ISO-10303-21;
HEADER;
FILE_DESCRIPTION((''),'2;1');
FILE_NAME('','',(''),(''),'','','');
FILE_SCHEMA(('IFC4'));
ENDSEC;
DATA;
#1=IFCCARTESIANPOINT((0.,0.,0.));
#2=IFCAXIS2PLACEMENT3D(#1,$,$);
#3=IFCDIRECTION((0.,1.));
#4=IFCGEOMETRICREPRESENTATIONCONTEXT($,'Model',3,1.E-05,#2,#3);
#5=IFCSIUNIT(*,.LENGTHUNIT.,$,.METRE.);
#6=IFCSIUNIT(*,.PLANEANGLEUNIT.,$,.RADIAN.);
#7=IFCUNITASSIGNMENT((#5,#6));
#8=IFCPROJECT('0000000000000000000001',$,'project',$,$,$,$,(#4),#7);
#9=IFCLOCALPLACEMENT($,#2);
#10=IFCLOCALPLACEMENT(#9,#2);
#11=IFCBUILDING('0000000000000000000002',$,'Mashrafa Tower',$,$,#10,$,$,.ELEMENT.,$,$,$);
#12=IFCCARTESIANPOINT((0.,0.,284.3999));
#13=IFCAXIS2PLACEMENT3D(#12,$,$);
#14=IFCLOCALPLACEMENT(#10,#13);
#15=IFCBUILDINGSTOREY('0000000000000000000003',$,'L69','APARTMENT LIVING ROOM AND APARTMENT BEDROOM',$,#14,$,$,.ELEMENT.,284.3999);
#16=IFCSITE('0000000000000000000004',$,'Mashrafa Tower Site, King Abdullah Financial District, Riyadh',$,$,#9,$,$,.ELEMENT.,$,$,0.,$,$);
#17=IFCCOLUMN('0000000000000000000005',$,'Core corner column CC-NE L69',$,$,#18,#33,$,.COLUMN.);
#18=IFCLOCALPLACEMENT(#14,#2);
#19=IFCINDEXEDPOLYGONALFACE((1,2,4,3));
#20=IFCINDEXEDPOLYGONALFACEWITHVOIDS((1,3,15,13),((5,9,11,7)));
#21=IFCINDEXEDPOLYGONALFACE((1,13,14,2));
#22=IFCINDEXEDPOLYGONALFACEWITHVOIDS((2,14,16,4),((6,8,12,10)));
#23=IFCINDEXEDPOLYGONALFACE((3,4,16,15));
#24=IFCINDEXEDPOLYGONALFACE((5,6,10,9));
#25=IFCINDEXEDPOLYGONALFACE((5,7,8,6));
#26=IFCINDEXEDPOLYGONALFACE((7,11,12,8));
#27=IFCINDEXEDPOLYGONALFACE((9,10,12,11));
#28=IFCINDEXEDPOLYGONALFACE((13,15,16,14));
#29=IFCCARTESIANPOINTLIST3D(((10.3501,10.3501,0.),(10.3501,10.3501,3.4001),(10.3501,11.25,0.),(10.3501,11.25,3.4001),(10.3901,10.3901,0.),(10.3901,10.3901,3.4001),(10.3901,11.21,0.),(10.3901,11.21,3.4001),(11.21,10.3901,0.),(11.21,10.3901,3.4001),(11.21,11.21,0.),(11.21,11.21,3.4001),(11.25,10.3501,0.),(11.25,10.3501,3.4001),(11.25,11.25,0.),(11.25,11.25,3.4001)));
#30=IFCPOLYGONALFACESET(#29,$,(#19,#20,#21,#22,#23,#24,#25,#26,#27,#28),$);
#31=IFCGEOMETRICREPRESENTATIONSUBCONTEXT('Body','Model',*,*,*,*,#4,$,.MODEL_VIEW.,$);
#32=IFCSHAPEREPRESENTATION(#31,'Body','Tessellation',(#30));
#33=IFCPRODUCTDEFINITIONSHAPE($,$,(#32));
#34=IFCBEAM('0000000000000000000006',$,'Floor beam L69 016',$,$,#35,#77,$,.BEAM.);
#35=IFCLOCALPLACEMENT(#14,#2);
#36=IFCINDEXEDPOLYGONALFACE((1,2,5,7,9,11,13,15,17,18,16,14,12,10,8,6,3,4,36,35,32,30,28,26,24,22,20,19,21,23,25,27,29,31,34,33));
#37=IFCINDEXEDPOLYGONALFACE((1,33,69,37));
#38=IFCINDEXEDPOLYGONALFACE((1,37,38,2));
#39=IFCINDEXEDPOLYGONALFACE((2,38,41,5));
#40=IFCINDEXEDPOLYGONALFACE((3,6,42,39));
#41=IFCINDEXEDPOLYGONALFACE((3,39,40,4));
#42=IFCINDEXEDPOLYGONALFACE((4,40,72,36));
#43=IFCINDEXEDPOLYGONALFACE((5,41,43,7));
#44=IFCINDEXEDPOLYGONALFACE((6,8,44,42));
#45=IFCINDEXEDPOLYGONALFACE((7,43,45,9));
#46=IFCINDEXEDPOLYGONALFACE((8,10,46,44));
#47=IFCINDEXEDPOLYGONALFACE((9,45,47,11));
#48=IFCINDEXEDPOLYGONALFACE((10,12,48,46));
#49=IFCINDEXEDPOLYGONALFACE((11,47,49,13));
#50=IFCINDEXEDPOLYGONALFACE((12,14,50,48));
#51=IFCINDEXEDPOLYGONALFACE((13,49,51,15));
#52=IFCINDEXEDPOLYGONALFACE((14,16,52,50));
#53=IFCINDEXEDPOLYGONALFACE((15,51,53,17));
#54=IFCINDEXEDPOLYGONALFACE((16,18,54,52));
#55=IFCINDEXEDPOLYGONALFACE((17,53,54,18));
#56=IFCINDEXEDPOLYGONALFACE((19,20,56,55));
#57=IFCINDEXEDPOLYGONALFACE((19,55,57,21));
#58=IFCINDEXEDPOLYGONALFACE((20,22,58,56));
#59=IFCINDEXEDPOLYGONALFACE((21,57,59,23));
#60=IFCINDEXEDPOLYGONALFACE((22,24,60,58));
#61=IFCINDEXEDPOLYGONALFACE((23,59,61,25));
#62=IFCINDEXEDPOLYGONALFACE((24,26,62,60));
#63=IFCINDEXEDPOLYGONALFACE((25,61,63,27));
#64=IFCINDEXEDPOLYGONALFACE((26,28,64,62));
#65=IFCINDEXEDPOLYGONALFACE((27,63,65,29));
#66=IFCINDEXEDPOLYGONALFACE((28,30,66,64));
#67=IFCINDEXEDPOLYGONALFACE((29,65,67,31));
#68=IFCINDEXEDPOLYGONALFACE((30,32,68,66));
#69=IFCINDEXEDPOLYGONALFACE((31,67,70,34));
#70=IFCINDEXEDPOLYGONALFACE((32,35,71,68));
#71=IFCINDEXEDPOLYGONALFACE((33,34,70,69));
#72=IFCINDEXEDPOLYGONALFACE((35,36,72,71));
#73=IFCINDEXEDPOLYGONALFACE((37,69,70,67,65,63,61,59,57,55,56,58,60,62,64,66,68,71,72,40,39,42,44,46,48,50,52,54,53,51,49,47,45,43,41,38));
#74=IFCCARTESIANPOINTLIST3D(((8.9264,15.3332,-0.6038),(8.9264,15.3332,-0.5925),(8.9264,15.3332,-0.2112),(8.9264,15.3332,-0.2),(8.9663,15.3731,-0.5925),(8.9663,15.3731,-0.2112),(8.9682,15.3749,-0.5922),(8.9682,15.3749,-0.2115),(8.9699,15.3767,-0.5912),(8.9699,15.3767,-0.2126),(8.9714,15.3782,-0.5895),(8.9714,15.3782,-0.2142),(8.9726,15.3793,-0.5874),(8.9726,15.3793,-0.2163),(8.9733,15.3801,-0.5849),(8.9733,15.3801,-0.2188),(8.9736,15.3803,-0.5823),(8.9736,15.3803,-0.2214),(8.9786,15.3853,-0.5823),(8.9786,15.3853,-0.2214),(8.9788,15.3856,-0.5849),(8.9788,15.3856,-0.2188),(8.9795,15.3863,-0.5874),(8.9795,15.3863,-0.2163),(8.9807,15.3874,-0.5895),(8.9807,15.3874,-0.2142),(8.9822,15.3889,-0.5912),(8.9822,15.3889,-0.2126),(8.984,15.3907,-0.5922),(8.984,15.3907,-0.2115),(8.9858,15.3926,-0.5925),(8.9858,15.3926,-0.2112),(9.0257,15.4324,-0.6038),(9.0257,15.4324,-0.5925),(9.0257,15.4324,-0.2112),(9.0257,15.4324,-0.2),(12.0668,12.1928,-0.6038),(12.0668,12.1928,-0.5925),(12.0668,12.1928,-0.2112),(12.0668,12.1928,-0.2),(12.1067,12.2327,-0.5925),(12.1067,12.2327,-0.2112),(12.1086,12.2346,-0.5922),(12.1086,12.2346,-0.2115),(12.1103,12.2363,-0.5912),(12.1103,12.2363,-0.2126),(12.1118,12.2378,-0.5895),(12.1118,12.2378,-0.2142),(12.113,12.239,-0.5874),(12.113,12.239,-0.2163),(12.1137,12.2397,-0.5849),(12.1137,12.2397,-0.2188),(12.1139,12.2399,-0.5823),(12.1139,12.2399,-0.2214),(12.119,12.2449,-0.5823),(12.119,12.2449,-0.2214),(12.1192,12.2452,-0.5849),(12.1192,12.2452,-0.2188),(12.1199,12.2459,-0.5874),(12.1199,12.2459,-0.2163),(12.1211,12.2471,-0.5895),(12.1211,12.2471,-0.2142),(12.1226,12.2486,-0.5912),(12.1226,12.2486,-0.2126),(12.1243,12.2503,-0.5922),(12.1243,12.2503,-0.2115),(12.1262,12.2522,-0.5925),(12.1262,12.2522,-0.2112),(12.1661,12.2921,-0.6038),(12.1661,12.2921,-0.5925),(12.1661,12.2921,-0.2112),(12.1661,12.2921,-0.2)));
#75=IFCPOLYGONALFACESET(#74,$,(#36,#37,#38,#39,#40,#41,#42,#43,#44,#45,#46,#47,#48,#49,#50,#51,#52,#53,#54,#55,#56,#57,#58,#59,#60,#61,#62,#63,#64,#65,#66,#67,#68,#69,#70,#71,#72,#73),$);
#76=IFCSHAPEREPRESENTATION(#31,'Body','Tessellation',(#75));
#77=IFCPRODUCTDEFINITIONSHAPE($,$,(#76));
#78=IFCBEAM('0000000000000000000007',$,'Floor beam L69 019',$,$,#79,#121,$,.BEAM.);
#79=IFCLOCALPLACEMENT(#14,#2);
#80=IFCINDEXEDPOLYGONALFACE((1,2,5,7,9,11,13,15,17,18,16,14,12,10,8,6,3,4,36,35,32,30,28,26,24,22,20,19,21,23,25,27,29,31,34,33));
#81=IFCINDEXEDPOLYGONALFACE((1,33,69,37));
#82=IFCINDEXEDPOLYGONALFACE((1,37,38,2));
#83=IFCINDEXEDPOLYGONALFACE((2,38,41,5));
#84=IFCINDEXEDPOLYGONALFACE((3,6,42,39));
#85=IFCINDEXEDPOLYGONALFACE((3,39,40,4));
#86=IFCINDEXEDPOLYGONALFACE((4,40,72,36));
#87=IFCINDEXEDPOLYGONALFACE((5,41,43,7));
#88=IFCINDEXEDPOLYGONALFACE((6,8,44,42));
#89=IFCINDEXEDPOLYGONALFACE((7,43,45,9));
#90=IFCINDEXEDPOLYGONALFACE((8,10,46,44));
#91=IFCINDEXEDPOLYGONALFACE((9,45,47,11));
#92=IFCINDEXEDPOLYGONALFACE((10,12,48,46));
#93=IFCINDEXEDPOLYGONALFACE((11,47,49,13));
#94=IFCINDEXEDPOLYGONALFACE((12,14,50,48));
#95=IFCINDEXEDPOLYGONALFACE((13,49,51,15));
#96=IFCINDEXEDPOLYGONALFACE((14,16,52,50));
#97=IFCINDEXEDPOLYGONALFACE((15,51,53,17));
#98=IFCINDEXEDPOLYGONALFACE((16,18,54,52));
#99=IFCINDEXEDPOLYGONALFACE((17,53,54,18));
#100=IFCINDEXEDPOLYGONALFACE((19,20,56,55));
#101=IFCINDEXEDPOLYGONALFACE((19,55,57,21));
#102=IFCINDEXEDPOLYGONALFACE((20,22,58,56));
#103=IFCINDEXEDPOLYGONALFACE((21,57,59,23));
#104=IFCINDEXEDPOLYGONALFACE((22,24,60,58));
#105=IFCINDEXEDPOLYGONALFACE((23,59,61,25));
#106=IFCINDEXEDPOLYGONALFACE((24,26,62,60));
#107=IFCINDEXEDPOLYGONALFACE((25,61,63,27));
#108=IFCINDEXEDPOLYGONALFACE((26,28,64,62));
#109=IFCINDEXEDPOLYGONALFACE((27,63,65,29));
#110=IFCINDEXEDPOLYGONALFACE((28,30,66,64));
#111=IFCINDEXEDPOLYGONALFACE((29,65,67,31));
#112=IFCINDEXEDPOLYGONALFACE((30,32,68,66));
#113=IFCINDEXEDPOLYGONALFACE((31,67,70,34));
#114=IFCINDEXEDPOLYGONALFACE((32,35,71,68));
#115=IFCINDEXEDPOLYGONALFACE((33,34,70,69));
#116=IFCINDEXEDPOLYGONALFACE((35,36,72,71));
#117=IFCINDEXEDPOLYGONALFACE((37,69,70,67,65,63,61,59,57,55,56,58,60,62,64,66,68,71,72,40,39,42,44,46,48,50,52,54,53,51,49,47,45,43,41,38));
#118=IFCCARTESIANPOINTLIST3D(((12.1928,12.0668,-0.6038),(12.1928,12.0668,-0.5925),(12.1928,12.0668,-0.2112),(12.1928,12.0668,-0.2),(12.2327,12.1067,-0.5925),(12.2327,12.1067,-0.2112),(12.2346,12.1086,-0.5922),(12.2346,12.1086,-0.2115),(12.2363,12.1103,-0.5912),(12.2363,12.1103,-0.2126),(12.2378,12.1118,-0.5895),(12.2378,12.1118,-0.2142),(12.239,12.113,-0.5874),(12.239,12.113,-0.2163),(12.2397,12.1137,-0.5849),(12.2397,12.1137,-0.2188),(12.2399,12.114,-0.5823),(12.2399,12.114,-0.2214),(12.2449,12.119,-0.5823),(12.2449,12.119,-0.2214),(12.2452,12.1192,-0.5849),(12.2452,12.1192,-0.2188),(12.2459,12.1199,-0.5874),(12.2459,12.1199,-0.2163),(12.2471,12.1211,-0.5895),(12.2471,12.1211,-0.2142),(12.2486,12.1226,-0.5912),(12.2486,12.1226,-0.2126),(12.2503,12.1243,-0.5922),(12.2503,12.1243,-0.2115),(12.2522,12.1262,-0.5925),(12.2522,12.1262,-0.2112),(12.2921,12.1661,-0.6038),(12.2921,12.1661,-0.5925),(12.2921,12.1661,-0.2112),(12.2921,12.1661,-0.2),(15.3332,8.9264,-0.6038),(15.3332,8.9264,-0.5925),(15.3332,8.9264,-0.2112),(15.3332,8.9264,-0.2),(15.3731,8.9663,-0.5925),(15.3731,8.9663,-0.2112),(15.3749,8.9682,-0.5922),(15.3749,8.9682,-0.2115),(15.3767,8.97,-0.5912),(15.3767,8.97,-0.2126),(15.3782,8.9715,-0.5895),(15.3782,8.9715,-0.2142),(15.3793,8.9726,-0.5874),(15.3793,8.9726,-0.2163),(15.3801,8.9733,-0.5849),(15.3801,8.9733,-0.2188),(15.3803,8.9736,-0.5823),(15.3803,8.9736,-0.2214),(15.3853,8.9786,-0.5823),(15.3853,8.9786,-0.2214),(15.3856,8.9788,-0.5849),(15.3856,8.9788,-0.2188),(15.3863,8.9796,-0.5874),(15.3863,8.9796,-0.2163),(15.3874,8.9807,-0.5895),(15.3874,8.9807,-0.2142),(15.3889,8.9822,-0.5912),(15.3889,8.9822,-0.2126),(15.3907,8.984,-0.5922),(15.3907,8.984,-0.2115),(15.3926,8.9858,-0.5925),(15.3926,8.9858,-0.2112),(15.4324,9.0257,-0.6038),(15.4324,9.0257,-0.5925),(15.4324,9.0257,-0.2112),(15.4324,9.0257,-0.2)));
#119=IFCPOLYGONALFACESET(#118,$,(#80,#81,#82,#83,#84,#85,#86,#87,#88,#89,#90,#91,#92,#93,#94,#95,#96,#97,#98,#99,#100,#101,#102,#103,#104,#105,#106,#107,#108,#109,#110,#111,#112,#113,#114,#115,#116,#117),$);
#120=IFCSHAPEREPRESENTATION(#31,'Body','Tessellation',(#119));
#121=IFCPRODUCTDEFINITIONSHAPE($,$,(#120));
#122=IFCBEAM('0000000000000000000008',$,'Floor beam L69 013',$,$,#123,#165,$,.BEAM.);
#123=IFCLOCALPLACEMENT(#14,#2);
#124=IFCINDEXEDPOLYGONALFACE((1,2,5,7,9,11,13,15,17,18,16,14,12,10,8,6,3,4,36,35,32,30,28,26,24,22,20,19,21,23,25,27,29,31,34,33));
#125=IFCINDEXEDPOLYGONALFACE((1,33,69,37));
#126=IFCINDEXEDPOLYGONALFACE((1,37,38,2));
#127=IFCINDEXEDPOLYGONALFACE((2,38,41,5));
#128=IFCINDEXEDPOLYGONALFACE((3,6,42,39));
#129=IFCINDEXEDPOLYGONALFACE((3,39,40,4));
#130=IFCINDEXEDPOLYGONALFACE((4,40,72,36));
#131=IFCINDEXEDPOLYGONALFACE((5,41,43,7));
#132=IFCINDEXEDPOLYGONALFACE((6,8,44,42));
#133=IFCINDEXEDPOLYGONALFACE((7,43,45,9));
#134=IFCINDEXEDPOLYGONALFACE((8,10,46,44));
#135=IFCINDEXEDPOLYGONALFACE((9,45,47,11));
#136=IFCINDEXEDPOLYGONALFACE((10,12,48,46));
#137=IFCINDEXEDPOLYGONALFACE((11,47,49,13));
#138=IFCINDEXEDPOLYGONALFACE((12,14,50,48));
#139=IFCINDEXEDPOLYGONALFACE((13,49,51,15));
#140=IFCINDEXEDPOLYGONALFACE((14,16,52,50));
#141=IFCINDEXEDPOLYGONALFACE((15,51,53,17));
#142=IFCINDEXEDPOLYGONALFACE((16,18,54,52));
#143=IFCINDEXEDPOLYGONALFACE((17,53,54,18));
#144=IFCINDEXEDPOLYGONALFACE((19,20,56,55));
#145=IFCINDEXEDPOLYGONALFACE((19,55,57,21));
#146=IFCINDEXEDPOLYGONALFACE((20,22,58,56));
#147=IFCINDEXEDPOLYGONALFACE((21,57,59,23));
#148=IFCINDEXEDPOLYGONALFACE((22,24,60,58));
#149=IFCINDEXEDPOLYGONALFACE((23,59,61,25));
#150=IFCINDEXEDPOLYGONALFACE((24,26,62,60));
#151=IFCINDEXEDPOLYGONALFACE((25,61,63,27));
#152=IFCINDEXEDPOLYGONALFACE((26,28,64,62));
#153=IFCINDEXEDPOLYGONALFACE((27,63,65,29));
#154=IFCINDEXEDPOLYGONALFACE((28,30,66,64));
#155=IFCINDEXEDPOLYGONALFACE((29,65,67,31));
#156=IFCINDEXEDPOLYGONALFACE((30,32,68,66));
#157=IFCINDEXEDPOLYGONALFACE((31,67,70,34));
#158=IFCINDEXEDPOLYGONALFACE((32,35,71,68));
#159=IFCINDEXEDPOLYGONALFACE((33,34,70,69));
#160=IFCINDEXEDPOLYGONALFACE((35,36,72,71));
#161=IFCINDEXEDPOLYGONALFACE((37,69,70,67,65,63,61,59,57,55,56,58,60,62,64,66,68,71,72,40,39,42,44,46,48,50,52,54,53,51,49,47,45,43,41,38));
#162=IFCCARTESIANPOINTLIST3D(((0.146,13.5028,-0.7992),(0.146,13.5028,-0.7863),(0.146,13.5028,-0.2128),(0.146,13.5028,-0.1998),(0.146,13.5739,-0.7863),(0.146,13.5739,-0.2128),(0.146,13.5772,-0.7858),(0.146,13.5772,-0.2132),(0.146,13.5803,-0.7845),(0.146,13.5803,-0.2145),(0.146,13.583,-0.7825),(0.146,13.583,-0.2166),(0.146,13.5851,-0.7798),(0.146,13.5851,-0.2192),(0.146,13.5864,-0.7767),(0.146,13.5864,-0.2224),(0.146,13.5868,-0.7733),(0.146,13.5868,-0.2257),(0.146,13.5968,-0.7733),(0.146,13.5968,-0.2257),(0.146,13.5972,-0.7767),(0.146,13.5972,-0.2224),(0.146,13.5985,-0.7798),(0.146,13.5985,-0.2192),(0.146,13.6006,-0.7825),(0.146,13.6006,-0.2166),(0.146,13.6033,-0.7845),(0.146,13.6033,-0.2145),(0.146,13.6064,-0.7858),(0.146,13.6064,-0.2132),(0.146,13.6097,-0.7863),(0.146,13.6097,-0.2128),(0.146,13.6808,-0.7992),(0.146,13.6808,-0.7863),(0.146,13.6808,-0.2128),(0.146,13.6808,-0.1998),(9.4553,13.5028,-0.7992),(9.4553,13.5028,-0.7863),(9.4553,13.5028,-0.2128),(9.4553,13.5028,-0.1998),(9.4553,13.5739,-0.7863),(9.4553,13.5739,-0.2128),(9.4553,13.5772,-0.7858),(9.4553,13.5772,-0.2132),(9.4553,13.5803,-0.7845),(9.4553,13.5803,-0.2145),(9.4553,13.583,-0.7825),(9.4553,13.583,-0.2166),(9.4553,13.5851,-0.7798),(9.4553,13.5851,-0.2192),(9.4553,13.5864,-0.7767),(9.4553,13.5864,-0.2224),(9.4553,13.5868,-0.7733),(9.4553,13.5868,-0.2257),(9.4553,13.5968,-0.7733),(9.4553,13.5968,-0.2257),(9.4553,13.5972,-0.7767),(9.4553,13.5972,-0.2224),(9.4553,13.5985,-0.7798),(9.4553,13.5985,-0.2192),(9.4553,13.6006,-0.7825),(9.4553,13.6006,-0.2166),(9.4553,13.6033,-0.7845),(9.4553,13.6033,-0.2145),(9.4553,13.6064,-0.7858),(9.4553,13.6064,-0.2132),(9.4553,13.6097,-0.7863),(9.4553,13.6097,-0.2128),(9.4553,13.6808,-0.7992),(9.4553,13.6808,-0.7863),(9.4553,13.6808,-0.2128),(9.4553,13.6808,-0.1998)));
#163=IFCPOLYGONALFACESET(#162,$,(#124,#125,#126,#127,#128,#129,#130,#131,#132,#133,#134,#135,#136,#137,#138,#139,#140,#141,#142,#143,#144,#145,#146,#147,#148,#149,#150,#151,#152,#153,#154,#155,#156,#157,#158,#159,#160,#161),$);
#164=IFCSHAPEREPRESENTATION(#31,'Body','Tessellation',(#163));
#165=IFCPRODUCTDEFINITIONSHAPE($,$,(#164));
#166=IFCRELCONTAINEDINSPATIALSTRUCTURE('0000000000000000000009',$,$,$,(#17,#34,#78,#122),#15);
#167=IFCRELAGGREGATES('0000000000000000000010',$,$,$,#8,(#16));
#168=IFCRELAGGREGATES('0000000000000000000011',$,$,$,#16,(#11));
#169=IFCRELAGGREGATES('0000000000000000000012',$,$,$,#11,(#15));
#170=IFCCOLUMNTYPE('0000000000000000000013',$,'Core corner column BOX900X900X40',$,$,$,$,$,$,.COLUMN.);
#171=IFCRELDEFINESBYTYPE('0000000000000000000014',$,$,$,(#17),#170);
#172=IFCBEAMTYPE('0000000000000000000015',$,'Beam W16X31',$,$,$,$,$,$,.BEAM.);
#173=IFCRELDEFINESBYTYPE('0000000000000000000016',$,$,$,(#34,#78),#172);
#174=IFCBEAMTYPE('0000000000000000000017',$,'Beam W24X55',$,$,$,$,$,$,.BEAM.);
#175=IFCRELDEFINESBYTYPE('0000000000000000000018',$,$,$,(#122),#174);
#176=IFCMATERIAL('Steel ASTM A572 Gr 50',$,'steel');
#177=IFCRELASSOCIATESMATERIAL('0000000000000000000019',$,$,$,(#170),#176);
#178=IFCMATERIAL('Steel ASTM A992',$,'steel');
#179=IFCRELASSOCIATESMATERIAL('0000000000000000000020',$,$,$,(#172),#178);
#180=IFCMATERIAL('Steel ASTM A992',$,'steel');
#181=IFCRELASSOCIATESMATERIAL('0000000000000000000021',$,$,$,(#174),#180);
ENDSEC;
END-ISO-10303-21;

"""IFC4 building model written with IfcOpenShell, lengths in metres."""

from ifc_helpers import new_model, si_unit, direction, frame, origin, origin_2d, place, context, subcontext, project, spatial, hollow_rectangle, i_section, extrude, material, material_profile, profile_set, type_object, element, save


model = new_model("IFC4")

# Units and contexts
model_context = context("Model", 3, precision=1e-05, world=origin(), true_north=direction((0.0, 1.0)))
body_context = subcontext(model_context, "Body", "Model", "MODEL_VIEW")
ifc_project = project(units=[si_unit("LENGTHUNIT", "METRE"), si_unit("PLANEANGLEUNIT", "RADIAN")], contexts=[model_context])

# Site, building, storey
site_placement = place(None, origin())
site = spatial("IfcSite", under=ifc_project, at=site_placement, Name="Mashrafa Tower Site, King Abdullah Financial District, Riyadh", CompositionType="ELEMENT", RefElevation=0.0)
building_placement = place(site_placement, origin())
building = spatial("IfcBuilding", under=site, at=building_placement, Name="Mashrafa Tower", CompositionType="ELEMENT")
storey_placement = place(building_placement, frame((0.0, 0.0, 284.3999)))
storey = spatial("IfcBuildingStorey", under=building, at=storey_placement, Name="L69", Description="APARTMENT LIVING ROOM AND APARTMENT BEDROOM", CompositionType="ELEMENT", Elevation=284.3999)

# Column
ifc_material_1 = material(Name="Steel ASTM A572 Gr 50", Category="steel")
ifc_material_profile_1 = material_profile(ifc_material_1, hollow_rectangle(XDim=0.8999, YDim=0.8999, WallThickness=0.04, at=origin_2d()), Name="BOX900X900X40")
ifc_profile_set_1 = profile_set([ifc_material_profile_1], Name="Steel ASTM A572 Gr 50")
column_type = type_object("IfcColumnType", Name="Core corner column BOX900X900X40", PredefinedType="COLUMN", material=ifc_profile_set_1)
column_placement = place(storey_placement, frame((10.8, 10.8, 0.0), z_axis=(0.0, 0.0, 1.0), x_axis=(1.0, 0.0, 0.0)))
element("IfcColumn", 1, at=column_placement, inside=storey, type_object=column_type, Name="Core corner column CC-NE L69", PredefinedType="COLUMN", context=body_context, shape_type="SweptSolid", body=[
    extrude(hollow_rectangle(XDim=0.8999, YDim=0.8999, WallThickness=0.04, at=origin_2d()), origin(), (0.0, 0.0, 1.0), 3.4001),
])

# Beams
ifc_material_2 = material(Name="Steel ASTM A992", Category="steel")
ifc_material_profile_2 = material_profile(ifc_material_2, i_section(OverallWidth=0.1404, OverallDepth=0.4038, WebThickness=0.0071, FlangeThickness=0.0112, FilletRadius=0.0103, at=origin_2d()), Name="W16X31")
ifc_profile_set_2 = profile_set([ifc_material_profile_2], Name="Steel ASTM A992")
beam_type_1 = type_object("IfcBeamType", Name="Beam W16X31", PredefinedType="BEAM", material=ifc_profile_set_2)
for number, where, z_axis, x_axis, name in (
    (2, (8.9761, 15.3828, -0.4019), (0.707107, -0.707107, 0.0), (0.707107, 0.707107, 0.0), "Floor beam L69 016"),
    (3, (12.2424, 12.1165, -0.4019), (0.707107, -0.707107, 0.0), (0.707107, 0.707107, 0.0), "Floor beam L69 019"),
):
    element("IfcBeam", number, at=place(storey_placement, frame(where, z_axis=z_axis, x_axis=x_axis)), inside=storey, type_object=beam_type_1, Name=name, PredefinedType="BEAM", context=body_context, shape_type="SweptSolid", body=[
        extrude(i_section(OverallWidth=0.1404, OverallDepth=0.4038, WebThickness=0.0071, FlangeThickness=0.0112, FilletRadius=0.0103, at=origin_2d()), origin(), (0.0, 0.0, 1.0), 4.4412),
    ])
ifc_material_3 = material(Name="Steel ASTM A992", Category="steel")
ifc_material_profile_3 = material_profile(ifc_material_3, i_section(OverallWidth=0.178, OverallDepth=0.5994, WebThickness=0.01, FlangeThickness=0.0129, FilletRadius=0.0129, at=origin_2d()), Name="W24X55")
ifc_profile_set_3 = profile_set([ifc_material_profile_3], Name="Steel ASTM A992")
beam_type_2 = type_object("IfcBeamType", Name="Beam W24X55", PredefinedType="BEAM", material=ifc_profile_set_3)
beam_1_placement = place(storey_placement, frame((0.146, 13.5918, -0.4995), z_axis=(1.0, 0.0, 0.0), x_axis=(0.0, 1.0, 0.0)))
element("IfcBeam", 4, at=beam_1_placement, inside=storey, type_object=beam_type_2, Name="Floor beam L69 013", PredefinedType="BEAM", context=body_context, shape_type="SweptSolid", body=[
    extrude(i_section(OverallWidth=0.178, OverallDepth=0.5994, WebThickness=0.01, FlangeThickness=0.0129, FilletRadius=0.0129, at=origin_2d()), origin(), (0.0, 0.0, 1.0), 9.3093),
])

save(model, "model.ifc")
